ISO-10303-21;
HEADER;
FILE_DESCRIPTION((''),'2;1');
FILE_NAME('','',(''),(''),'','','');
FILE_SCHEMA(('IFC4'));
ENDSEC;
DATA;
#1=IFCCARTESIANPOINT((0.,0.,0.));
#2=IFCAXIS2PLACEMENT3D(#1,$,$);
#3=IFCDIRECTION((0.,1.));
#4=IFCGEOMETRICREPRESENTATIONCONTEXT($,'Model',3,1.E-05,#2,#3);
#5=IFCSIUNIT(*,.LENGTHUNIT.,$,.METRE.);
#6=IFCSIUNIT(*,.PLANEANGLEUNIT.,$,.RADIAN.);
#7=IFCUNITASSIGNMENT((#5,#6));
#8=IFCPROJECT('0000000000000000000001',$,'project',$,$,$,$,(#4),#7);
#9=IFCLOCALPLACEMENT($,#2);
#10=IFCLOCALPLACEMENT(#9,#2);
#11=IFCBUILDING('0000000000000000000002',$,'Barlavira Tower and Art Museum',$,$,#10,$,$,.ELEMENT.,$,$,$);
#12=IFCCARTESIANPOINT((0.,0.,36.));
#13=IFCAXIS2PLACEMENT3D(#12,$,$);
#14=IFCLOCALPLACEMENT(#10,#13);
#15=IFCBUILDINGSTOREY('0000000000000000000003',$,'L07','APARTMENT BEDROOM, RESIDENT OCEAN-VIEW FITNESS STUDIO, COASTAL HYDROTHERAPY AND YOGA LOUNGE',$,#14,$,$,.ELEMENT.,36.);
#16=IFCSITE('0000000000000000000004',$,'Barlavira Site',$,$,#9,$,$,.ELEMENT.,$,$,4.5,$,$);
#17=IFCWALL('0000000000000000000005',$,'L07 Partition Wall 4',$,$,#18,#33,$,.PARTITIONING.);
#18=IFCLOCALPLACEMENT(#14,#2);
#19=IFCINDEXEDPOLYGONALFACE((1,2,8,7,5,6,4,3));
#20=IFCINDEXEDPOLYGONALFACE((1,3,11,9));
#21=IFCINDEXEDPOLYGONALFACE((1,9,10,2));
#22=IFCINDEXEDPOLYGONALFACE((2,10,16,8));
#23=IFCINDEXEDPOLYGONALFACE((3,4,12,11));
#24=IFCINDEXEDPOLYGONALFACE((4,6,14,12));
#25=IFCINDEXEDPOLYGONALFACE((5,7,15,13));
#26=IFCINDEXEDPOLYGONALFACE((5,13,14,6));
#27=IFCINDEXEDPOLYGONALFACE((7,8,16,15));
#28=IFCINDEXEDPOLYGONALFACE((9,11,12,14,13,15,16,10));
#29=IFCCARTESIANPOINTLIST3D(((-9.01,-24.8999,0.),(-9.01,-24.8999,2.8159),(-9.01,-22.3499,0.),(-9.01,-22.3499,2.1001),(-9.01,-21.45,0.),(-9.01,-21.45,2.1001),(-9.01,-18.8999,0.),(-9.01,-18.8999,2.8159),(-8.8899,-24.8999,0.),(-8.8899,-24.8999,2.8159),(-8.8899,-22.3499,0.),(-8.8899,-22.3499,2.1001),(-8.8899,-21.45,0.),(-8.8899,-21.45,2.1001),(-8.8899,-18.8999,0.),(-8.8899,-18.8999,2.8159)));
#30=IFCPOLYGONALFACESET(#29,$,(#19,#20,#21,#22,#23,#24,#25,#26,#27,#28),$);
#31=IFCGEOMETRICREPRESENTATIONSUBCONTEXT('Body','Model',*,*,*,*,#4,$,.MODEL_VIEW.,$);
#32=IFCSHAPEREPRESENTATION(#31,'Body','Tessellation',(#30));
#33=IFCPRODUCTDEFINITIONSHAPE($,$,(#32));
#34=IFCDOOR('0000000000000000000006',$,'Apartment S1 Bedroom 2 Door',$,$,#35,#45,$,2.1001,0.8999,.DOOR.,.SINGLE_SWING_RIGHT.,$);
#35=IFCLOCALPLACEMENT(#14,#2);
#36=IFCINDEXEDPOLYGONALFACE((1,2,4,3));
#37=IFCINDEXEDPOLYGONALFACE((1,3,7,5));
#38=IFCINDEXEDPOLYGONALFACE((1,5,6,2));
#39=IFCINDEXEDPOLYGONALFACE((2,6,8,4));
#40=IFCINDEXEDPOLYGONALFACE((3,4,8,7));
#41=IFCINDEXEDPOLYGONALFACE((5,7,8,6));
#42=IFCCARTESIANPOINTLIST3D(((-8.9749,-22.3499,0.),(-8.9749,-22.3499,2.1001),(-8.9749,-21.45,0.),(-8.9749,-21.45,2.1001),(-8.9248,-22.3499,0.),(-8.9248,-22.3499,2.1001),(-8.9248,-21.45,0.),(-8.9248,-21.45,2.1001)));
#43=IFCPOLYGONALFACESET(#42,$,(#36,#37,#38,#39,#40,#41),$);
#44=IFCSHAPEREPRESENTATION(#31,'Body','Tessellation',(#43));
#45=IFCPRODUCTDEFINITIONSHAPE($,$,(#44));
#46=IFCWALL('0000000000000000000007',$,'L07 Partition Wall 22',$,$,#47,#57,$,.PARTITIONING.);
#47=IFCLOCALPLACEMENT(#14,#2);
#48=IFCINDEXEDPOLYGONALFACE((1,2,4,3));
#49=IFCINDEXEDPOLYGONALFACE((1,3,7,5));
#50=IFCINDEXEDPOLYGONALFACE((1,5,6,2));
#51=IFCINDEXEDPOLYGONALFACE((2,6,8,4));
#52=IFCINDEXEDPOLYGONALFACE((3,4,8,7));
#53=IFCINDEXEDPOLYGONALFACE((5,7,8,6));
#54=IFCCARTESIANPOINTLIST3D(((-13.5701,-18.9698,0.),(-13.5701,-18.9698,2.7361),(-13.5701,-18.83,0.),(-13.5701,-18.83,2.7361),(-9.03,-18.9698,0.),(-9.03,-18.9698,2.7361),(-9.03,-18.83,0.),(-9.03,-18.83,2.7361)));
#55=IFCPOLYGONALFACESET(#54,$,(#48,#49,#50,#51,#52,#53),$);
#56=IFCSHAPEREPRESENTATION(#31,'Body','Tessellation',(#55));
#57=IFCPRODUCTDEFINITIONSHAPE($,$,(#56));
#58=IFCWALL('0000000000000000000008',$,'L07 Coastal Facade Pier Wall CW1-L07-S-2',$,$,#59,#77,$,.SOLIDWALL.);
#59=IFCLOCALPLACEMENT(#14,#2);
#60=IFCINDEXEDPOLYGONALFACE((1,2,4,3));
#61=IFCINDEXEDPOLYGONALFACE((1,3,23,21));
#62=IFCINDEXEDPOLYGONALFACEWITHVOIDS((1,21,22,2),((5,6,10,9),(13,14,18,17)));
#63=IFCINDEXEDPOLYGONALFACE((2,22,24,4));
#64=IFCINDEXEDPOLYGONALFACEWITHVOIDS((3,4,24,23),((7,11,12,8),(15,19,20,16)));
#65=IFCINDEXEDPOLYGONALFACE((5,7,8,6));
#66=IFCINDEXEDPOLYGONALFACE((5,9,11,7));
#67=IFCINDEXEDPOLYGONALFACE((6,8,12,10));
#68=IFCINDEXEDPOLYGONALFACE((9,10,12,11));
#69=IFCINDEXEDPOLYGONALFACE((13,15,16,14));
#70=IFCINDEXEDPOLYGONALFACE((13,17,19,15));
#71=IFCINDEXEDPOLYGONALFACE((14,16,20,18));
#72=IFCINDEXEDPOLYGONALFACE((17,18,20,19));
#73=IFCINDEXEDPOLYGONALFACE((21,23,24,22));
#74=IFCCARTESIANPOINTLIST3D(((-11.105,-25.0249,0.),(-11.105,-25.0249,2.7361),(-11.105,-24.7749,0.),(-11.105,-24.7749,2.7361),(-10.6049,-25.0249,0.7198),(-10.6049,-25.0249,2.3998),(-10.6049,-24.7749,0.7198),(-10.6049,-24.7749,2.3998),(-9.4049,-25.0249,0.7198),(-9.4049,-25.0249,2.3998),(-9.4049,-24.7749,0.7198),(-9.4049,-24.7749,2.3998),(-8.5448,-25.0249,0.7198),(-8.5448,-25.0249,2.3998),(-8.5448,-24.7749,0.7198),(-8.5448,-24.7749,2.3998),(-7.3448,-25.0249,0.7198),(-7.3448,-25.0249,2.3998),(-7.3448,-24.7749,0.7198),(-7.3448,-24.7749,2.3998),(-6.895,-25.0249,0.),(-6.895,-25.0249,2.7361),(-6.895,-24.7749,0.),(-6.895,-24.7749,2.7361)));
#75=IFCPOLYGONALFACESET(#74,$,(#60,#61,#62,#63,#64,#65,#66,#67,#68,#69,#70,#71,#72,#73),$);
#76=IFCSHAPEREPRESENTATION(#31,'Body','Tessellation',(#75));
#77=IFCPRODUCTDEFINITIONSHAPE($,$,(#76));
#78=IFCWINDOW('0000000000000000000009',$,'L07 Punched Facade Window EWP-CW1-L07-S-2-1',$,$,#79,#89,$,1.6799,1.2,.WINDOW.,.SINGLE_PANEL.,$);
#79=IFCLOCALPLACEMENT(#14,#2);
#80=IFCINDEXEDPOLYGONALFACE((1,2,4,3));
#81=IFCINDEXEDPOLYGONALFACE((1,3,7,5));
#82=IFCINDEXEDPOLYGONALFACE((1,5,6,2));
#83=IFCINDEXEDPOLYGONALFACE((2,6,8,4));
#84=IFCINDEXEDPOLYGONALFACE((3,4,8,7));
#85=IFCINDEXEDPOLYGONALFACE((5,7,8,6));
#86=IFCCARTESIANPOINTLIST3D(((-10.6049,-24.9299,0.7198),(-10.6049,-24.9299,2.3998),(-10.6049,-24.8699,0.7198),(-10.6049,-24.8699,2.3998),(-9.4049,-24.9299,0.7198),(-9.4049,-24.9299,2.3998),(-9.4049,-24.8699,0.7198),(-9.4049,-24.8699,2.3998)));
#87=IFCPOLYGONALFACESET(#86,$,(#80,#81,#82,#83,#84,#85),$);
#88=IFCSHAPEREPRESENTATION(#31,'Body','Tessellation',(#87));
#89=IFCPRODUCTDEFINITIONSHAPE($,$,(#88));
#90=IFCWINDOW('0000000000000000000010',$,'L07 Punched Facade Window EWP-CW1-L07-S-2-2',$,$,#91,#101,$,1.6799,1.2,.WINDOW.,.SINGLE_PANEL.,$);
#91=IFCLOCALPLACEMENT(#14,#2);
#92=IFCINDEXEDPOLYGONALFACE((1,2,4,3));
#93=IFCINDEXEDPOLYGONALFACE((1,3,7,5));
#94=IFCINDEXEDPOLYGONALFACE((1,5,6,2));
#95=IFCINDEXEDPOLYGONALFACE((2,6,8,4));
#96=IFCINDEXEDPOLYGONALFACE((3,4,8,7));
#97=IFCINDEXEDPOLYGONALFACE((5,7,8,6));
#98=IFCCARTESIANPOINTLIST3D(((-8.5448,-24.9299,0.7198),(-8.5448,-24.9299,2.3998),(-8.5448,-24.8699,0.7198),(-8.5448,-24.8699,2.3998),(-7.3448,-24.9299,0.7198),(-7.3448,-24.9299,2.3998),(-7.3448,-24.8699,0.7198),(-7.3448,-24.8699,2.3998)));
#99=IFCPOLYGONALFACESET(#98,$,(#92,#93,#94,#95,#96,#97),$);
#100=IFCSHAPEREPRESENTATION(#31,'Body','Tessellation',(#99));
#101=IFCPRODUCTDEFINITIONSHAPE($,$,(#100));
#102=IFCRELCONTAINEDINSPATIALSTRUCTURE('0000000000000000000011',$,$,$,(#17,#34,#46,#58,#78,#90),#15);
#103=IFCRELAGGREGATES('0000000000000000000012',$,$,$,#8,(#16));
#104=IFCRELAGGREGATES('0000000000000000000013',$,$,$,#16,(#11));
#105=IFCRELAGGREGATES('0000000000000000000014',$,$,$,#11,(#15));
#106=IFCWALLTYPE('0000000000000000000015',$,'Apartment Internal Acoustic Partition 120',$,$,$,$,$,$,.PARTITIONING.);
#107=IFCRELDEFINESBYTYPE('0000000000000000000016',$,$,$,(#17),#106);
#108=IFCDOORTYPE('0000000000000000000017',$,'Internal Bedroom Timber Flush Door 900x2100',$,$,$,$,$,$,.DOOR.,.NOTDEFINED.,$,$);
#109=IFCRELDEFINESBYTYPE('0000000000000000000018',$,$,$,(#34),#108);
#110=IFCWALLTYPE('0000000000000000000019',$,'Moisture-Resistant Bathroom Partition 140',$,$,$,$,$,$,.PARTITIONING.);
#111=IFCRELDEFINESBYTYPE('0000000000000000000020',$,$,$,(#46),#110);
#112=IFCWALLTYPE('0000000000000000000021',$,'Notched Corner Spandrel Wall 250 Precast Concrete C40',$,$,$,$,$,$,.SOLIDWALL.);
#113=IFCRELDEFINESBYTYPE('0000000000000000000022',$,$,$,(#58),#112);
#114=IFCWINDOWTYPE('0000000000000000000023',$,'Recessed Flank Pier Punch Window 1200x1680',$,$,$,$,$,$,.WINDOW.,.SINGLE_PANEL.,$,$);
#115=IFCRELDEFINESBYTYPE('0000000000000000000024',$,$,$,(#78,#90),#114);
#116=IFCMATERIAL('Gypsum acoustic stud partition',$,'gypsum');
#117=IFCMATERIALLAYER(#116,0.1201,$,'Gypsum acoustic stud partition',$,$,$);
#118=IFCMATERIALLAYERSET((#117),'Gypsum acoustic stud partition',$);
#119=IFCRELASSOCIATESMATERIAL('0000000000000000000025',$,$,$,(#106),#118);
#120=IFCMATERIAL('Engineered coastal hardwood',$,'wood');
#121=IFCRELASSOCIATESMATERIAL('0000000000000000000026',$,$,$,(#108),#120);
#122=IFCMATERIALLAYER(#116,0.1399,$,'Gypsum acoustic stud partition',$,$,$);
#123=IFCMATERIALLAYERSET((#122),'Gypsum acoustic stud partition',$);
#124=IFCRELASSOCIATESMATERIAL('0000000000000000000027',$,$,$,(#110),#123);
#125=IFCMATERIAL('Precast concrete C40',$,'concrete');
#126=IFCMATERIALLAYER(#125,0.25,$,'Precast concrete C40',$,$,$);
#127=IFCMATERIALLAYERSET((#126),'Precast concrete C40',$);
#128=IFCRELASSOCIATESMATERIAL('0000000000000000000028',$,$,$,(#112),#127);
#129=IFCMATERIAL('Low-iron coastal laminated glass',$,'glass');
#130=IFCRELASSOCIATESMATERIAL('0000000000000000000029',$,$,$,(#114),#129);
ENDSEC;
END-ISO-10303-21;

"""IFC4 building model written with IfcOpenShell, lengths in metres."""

from ifc_helpers import new_model, si_unit, direction, frame, frame_2d, origin, place, context, subcontext, project, spatial, rectangle, extrude, material, layer, layer_set, type_object, element, fill, save


model = new_model("IFC4")

# Units and contexts
model_context = context("Model", 3, precision=1e-05, world=origin(), true_north=direction((0.0, 1.0)))
body_context = subcontext(model_context, "Body", "Model", "MODEL_VIEW")
ifc_project = project(units=[si_unit("LENGTHUNIT", "METRE"), si_unit("PLANEANGLEUNIT", "RADIAN")], contexts=[model_context])

# Site, building, storey
site_placement = place(None, origin())
site = spatial("IfcSite", under=ifc_project, at=site_placement, Name="Barlavira Site", CompositionType="ELEMENT", RefElevation=4.5)
building_placement = place(site_placement, origin())
building = spatial("IfcBuilding", under=site, at=building_placement, Name="Barlavira Tower and Art Museum", CompositionType="ELEMENT")
storey_placement = place(building_placement, frame((0.0, 0.0, 36.0)))
storey = spatial("IfcBuildingStorey", under=building, at=storey_placement, Name="L07", Description="APARTMENT BEDROOM, RESIDENT OCEAN-VIEW FITNESS STUDIO, COASTAL HYDROTHERAPY AND YOGA LOUNGE", CompositionType="ELEMENT", Elevation=36.0)

# Wall, opening, door
ifc_material_1 = material(Name="Gypsum acoustic stud partition", Category="gypsum")
ifc_layer_1 = layer(ifc_material_1, 0.1201, Name="Gypsum acoustic stud partition")
ifc_layer_set_1 = layer_set([ifc_layer_1], Name="Gypsum acoustic stud partition")
wall_type_1 = type_object("IfcWallType", Name="Apartment Internal Acoustic Partition 120", PredefinedType="PARTITIONING", material=ifc_layer_set_1)
ifc_material_2 = material(Name="Engineered coastal hardwood", Category="wood")
door_type = type_object("IfcDoorType", Name="Internal Bedroom Timber Flush Door 900x2100", OperationType="NOTDEFINED", PredefinedType="DOOR", material=ifc_material_2)
wall_1_placement = place(storey_placement, frame((-8.95, -24.8999, 0.0), z_axis=(0.0, 0.0, 1.0), x_axis=(0.0, 1.0, 0.0)))
wall_1 = element("IfcWall", 1, at=wall_1_placement, inside=storey, type_object=wall_type_1, Name="L07 Partition Wall 4", PredefinedType="PARTITIONING", context=body_context, shape_type="SweptSolid", body=[
    extrude(rectangle(XDim=6.0, YDim=0.1201, at=frame_2d((3.0, 0.0))), origin(), (0.0, 0.0, 1.0), 2.8159),
])
opening_1_placement = place(wall_1_placement, frame((2.55, 0.0, 0.0)))
opening_1 = element("IfcOpeningElement", 2, at=opening_1_placement, cuts=wall_1, PredefinedType="OPENING", context=body_context, shape_type="SweptSolid", body=[
    extrude(rectangle(XDim=0.8999, YDim=2.1001, at=frame_2d((0.45, 1.05))), frame((0.0, 0.0701, 0.0), z_axis=(0.0, -1.0, 0.0), x_axis=(1.0, 0.0, 0.0)), (0.0, 0.0, 1.0), 0.1401),
])
door_1_placement = place(opening_1_placement, origin())
door_1 = element("IfcDoor", 3, at=door_1_placement, inside=storey, type_object=door_type, Name="Apartment S1 Bedroom 2 Door", OperationType="SINGLE_SWING_RIGHT", OverallHeight=2.1001, OverallWidth=0.8999, PredefinedType="DOOR", context=body_context, shape_type="SweptSolid", body=[
    extrude(rectangle(XDim=0.8999, YDim=2.1001, at=frame_2d((0.45, 1.05))), frame((0.0, 0.0249, 0.0), z_axis=(0.0, -1.0, 0.0), x_axis=(1.0, 0.0, 0.0)), (0.0, 0.0, 1.0), 0.05),
])
fill(opening_1, door_1)

# Wall
ifc_layer_2 = layer(ifc_material_1, 0.1399, Name="Gypsum acoustic stud partition")
ifc_layer_set_2 = layer_set([ifc_layer_2], Name="Gypsum acoustic stud partition")
wall_type_2 = type_object("IfcWallType", Name="Moisture-Resistant Bathroom Partition 140", PredefinedType="PARTITIONING", material=ifc_layer_set_2)
wall_2_placement = place(storey_placement, frame((-13.5701, -18.8999, 0.0), z_axis=(0.0, 0.0, 1.0), x_axis=(1.0, 0.0, 0.0)))
element("IfcWall", 4, at=wall_2_placement, inside=storey, type_object=wall_type_2, Name="L07 Partition Wall 22", PredefinedType="PARTITIONING", context=body_context, shape_type="SweptSolid", body=[
    extrude(rectangle(XDim=4.54, YDim=0.1399, at=frame_2d((2.27, 0.0))), origin(), (0.0, 0.0, 1.0), 2.7361),
])

# Wall, openings, windows
ifc_material_3 = material(Name="Precast concrete C40", Category="concrete")
ifc_layer_3 = layer(ifc_material_3, 0.25, Name="Precast concrete C40")
ifc_layer_set_3 = layer_set([ifc_layer_3], Name="Precast concrete C40")
wall_type_3 = type_object("IfcWallType", Name="Notched Corner Spandrel Wall 250 Precast Concrete C40", PredefinedType="SOLIDWALL", material=ifc_layer_set_3)
wall_3_placement = place(storey_placement, frame((-11.105, -24.8999, 0.0), z_axis=(0.0, 0.0, 1.0), x_axis=(1.0, 0.0, 0.0)))
wall_3 = element("IfcWall", 5, at=wall_3_placement, inside=storey, type_object=wall_type_3, Name="L07 Coastal Facade Pier Wall CW1-L07-S-2", PredefinedType="SOLIDWALL", context=body_context, shape_type="SweptSolid", body=[
    extrude(rectangle(XDim=4.21, YDim=0.25, at=frame_2d((2.105, 0.0))), origin(), (0.0, 0.0, 1.0), 2.7361),
])
opening_2_placement = place(wall_3_placement, frame((0.5, 0.0, 0.72)))
opening_2 = element("IfcOpeningElement", 6, at=opening_2_placement, cuts=wall_3, PredefinedType="OPENING", context=body_context, shape_type="SweptSolid", body=[
    extrude(rectangle(XDim=1.2, YDim=1.6799, at=frame_2d((0.6001, 0.8398))), frame((0.0, 0.135, 0.0), z_axis=(0.0, -1.0, 0.0), x_axis=(1.0, 0.0, 0.0)), (0.0, 0.0, 1.0), 0.27),
])
opening_3_placement = place(wall_3_placement, frame((2.5601, 0.0, 0.72)))
opening_3 = element("IfcOpeningElement", 7, at=opening_3_placement, cuts=wall_3, PredefinedType="OPENING", context=body_context, shape_type="SweptSolid", body=[
    extrude(rectangle(XDim=1.2, YDim=1.6799, at=frame_2d((0.6001, 0.8398))), frame((0.0, 0.135, 0.0), z_axis=(0.0, -1.0, 0.0), x_axis=(1.0, 0.0, 0.0)), (0.0, 0.0, 1.0), 0.27),
])
ifc_material_4 = material(Name="Low-iron coastal laminated glass", Category="glass")
window_type = type_object("IfcWindowType", Name="Recessed Flank Pier Punch Window 1200x1680", PartitioningType="SINGLE_PANEL", PredefinedType="WINDOW", material=ifc_material_4)
window_1_placement = place(opening_2_placement, origin())
window_1 = element("IfcWindow", 8, at=window_1_placement, inside=storey, type_object=window_type, Name="L07 Punched Facade Window EWP-CW1-L07-S-2-1", OverallHeight=1.6799, OverallWidth=1.2, PartitioningType="SINGLE_PANEL", PredefinedType="WINDOW", context=body_context, shape_type="SweptSolid", body=[
    extrude(rectangle(XDim=1.2, YDim=1.6799, at=frame_2d((0.6001, 0.8398))), frame((0.0, 0.03, 0.0), z_axis=(0.0, -1.0, 0.0), x_axis=(1.0, 0.0, 0.0)), (0.0, 0.0, 1.0), 0.0601),
])
fill(opening_2, window_1)
window_2_placement = place(opening_3_placement, origin())
window_2 = element("IfcWindow", 9, at=window_2_placement, inside=storey, type_object=window_type, Name="L07 Punched Facade Window EWP-CW1-L07-S-2-2", OverallHeight=1.6799, OverallWidth=1.2, PartitioningType="SINGLE_PANEL", PredefinedType="WINDOW", context=body_context, shape_type="SweptSolid", body=[
    extrude(rectangle(XDim=1.2, YDim=1.6799, at=frame_2d((0.6001, 0.8398))), frame((0.0, 0.03, 0.0), z_axis=(0.0, -1.0, 0.0), x_axis=(1.0, 0.0, 0.0)), (0.0, 0.0, 1.0), 0.0601),
])
fill(opening_3, window_2)

save(model, "model.ifc")
